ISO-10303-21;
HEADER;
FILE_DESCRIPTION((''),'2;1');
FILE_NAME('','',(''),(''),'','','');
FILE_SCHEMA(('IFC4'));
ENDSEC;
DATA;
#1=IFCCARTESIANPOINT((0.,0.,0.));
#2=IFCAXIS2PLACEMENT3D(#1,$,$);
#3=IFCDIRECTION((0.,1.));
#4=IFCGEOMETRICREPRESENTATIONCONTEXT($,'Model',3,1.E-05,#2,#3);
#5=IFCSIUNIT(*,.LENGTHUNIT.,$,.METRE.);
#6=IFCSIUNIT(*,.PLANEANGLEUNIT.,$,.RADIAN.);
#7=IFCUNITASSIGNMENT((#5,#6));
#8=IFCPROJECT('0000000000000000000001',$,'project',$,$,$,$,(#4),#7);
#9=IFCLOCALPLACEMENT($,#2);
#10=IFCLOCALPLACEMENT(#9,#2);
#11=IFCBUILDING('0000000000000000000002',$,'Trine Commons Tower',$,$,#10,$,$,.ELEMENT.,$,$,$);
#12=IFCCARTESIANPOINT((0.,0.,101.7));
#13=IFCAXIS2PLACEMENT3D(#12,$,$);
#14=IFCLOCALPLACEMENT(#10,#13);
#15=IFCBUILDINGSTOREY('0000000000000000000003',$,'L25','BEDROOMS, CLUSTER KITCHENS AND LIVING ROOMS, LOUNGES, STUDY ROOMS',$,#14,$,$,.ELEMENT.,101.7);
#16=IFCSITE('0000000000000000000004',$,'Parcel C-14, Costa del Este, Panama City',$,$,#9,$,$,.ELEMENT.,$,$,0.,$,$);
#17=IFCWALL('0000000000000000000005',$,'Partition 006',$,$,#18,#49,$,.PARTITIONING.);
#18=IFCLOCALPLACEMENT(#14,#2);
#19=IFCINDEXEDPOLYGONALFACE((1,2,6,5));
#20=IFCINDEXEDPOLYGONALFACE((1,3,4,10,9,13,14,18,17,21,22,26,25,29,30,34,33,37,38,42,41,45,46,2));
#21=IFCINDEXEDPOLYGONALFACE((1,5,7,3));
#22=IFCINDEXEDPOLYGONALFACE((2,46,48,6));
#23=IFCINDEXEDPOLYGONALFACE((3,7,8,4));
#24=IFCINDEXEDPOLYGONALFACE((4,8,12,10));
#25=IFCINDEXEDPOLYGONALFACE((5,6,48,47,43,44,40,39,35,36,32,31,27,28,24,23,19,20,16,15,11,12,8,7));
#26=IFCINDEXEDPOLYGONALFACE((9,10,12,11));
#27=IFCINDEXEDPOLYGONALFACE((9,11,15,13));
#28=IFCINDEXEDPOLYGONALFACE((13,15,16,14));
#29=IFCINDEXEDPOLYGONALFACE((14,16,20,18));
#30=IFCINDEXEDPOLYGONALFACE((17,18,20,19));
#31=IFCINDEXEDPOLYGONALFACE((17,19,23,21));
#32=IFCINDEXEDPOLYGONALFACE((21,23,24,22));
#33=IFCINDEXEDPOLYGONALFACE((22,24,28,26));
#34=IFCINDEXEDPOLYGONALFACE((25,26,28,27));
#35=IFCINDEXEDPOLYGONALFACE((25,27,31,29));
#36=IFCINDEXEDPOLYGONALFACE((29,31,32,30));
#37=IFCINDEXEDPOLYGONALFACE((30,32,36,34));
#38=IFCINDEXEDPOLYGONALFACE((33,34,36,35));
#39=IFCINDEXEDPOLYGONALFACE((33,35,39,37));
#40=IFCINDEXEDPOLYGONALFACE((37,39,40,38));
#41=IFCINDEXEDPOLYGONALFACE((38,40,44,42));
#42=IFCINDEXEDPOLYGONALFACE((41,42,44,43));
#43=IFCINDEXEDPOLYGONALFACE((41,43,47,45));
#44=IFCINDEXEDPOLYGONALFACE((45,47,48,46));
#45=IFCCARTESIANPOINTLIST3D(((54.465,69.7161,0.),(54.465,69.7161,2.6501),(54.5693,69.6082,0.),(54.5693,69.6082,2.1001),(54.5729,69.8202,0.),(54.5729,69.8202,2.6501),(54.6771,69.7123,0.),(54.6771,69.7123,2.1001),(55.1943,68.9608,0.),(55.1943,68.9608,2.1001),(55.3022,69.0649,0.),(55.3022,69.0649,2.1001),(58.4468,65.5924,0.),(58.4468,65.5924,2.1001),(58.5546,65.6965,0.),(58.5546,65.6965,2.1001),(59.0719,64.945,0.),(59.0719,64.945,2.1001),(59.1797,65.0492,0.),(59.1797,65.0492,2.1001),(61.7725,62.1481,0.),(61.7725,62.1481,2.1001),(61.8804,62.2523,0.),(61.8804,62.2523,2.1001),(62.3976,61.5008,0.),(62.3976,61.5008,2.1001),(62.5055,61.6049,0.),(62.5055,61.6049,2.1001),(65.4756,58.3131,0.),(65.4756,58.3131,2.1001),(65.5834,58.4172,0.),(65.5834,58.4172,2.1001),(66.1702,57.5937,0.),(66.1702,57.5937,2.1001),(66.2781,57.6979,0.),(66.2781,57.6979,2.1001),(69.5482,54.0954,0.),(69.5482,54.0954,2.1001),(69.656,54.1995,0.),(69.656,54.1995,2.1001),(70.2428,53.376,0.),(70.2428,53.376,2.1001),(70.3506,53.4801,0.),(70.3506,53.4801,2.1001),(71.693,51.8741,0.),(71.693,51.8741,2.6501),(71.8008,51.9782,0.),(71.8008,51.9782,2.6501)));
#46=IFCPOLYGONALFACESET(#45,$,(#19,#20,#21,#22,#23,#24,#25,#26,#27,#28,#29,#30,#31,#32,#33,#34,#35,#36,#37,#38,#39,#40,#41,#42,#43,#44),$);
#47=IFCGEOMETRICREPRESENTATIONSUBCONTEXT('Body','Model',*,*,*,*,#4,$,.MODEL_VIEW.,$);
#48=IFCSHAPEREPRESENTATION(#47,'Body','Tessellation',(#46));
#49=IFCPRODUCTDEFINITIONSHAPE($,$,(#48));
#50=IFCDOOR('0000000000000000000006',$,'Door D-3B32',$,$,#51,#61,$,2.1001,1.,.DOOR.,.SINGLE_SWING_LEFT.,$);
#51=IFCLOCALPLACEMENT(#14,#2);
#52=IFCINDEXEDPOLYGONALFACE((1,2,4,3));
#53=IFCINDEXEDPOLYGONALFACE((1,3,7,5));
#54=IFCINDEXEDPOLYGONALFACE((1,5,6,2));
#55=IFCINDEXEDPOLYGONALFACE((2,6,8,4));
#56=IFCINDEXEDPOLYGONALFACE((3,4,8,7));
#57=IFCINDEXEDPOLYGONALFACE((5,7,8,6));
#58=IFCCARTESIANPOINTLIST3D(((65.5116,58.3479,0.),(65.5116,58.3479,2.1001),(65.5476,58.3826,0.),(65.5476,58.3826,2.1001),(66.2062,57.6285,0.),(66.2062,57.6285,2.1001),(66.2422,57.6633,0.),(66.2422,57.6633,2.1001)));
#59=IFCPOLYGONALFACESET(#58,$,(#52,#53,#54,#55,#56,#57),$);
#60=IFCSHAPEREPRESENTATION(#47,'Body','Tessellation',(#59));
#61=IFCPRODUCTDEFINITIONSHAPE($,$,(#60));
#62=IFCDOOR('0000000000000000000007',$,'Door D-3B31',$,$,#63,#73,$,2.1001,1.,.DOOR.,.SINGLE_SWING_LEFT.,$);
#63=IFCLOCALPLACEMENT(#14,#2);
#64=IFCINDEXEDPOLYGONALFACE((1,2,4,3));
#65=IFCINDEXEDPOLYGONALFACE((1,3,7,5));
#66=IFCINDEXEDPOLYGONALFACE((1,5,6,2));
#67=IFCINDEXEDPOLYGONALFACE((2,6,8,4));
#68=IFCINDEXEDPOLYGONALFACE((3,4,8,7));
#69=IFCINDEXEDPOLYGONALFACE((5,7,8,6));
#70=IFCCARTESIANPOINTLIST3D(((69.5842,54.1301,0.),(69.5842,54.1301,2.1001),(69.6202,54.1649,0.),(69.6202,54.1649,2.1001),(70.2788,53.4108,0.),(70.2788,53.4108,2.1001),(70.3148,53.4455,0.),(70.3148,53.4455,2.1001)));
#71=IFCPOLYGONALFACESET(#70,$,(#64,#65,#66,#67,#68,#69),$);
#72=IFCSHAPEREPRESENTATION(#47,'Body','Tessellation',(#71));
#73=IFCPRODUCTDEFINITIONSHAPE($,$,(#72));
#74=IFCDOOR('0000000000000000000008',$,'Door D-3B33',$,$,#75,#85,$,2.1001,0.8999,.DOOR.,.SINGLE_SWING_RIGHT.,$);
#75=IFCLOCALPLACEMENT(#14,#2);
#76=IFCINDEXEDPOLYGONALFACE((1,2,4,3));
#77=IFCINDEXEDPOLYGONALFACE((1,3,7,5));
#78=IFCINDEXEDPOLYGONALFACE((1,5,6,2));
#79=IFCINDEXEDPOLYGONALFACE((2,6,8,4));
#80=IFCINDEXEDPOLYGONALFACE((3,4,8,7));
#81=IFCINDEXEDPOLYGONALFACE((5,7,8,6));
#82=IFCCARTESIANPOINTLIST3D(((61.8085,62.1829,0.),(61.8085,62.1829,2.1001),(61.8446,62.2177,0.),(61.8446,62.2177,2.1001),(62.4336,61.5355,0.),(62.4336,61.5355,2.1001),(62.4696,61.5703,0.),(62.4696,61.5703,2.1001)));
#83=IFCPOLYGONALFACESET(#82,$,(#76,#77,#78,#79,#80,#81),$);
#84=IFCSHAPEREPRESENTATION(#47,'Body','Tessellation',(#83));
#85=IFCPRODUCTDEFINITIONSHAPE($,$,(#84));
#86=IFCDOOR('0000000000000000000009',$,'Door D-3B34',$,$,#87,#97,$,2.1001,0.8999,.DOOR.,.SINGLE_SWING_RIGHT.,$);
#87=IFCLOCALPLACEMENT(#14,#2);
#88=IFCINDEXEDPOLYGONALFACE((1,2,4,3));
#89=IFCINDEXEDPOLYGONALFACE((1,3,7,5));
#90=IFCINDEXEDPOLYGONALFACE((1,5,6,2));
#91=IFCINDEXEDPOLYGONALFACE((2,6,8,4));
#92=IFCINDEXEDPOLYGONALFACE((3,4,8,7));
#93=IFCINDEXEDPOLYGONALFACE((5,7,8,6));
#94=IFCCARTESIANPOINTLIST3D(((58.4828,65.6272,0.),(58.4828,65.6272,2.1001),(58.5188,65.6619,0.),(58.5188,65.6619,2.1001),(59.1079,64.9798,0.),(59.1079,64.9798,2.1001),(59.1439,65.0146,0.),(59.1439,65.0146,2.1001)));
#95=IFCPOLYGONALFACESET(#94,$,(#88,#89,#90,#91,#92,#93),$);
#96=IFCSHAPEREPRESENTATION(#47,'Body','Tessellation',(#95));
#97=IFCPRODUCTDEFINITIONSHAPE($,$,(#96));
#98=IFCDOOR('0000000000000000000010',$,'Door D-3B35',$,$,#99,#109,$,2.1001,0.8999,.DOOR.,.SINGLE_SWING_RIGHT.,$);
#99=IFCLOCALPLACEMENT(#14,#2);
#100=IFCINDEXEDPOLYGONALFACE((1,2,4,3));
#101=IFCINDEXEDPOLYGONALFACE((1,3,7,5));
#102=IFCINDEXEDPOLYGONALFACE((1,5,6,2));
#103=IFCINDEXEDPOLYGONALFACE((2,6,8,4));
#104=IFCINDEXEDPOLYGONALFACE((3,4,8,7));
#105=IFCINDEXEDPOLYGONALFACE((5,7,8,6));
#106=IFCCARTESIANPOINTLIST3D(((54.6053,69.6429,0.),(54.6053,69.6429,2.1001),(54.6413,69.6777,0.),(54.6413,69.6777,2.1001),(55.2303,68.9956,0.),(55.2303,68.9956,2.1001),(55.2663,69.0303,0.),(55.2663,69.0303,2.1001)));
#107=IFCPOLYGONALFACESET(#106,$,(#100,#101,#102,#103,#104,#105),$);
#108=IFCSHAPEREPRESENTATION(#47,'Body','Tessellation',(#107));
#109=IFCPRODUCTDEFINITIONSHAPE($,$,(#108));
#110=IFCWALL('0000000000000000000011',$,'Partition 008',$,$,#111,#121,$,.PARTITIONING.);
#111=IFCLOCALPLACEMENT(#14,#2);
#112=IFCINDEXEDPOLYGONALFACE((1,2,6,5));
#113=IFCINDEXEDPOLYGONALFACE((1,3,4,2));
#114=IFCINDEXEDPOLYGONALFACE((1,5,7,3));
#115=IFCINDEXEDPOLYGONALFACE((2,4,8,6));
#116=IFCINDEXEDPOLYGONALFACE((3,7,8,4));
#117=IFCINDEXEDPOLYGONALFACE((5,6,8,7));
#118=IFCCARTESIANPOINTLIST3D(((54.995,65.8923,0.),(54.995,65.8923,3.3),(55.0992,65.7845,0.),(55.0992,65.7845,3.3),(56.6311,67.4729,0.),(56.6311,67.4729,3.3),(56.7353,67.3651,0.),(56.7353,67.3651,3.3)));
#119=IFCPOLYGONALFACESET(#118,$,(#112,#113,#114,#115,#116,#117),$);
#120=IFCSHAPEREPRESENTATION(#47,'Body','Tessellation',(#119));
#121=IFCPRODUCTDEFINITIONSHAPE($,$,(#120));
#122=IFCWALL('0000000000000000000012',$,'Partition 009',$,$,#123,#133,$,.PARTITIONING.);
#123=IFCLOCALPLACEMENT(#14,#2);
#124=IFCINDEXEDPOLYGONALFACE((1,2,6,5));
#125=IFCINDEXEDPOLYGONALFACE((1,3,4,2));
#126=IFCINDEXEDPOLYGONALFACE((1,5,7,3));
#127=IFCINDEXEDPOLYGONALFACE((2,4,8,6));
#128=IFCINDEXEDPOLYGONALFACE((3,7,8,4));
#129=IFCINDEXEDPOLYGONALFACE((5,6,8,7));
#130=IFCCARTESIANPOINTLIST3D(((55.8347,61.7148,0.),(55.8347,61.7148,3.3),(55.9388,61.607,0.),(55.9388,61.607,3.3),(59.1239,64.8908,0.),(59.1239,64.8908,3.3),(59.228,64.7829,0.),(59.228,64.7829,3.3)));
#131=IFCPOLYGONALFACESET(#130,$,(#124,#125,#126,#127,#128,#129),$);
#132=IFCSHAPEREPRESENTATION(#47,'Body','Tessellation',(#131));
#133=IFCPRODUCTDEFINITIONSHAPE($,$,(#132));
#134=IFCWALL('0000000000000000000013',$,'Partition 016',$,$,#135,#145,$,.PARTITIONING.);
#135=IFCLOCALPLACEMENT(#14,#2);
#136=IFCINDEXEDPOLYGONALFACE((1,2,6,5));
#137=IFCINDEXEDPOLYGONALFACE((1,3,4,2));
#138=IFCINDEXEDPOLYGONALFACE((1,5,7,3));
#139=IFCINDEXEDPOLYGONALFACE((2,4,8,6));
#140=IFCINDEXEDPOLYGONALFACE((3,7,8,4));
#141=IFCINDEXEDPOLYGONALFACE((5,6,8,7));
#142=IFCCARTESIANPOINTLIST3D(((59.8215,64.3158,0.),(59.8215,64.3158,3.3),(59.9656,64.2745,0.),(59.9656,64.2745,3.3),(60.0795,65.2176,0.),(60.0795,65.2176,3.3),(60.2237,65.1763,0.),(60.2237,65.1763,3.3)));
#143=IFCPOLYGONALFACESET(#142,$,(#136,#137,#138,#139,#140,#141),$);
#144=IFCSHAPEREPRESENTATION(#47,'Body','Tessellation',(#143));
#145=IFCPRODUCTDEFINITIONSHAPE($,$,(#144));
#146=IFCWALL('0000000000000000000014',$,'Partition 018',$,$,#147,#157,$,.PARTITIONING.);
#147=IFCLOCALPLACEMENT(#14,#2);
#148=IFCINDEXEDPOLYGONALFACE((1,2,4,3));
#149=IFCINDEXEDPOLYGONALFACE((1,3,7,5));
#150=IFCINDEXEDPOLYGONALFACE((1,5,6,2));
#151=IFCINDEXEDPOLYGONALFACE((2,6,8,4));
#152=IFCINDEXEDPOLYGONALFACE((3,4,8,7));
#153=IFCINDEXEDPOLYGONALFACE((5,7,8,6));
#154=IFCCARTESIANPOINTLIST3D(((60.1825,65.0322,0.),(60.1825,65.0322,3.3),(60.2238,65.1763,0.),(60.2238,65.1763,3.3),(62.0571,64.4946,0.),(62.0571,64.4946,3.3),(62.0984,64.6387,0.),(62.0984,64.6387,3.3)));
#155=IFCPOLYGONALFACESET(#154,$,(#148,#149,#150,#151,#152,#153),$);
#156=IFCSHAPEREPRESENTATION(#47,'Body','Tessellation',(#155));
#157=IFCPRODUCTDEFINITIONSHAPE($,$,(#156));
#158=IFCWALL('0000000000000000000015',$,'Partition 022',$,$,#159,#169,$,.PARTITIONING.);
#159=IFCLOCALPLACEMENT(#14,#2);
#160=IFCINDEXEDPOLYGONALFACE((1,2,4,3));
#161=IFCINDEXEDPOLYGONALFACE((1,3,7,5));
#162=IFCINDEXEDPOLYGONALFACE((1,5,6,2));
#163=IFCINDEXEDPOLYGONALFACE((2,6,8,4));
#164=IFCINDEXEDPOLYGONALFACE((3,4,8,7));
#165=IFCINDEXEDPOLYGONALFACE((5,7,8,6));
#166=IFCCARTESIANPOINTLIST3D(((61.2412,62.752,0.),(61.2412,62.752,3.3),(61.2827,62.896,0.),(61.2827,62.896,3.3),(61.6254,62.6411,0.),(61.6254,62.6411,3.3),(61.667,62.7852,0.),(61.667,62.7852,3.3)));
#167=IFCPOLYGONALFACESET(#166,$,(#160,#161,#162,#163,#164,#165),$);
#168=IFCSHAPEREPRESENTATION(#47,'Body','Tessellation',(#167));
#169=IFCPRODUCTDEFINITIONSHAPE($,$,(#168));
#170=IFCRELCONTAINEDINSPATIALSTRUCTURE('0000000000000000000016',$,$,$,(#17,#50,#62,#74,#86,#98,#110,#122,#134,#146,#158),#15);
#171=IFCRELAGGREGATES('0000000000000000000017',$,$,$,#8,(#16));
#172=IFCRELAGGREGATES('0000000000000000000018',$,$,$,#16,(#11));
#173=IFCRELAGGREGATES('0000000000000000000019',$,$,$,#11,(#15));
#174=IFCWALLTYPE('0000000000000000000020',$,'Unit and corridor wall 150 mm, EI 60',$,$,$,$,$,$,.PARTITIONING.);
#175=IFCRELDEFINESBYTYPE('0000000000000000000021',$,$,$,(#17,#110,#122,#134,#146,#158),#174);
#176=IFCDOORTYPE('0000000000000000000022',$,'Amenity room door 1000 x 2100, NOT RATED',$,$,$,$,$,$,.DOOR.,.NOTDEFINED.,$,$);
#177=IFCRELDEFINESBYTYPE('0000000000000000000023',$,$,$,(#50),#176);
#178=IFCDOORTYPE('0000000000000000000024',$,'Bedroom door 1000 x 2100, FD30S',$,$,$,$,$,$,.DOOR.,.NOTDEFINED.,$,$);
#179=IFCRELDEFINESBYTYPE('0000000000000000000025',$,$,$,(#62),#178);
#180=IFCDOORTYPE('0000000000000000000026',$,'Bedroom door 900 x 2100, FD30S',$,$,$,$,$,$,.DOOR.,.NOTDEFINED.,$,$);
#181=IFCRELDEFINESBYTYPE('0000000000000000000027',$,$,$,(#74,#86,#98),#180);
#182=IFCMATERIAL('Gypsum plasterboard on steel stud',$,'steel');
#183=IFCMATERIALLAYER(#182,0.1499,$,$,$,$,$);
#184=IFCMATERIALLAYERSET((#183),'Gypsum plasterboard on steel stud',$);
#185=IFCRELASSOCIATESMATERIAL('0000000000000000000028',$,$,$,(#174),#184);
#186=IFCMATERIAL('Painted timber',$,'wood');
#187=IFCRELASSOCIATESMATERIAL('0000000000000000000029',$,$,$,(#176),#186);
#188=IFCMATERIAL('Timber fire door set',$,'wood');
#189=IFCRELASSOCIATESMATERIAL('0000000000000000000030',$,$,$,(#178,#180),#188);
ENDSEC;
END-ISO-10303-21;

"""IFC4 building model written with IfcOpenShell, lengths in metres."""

from ifc_helpers import new_model, si_unit, direction, frame, frame_2d, origin, place, context, subcontext, project, spatial, rectangle, extrude, material, layer, layer_set, type_object, element, fill, save


model = new_model("IFC4")

# Units and contexts
model_context = context("Model", 3, precision=1e-05, world=origin(), true_north=direction((0.0, 1.0)))
body_context = subcontext(model_context, "Body", "Model", "MODEL_VIEW")
ifc_project = project(units=[si_unit("LENGTHUNIT", "METRE"), si_unit("PLANEANGLEUNIT", "RADIAN")], contexts=[model_context])

# Site, building, storey
site_placement = place(None, origin())
site = spatial("IfcSite", under=ifc_project, at=site_placement, Name="Parcel C-14, Costa del Este, Panama City", CompositionType="ELEMENT", RefElevation=0.0)
building_placement = place(site_placement, origin())
building = spatial("IfcBuilding", under=site, at=building_placement, Name="Trine Commons Tower", CompositionType="ELEMENT")
storey_placement = place(building_placement, frame((0.0, 0.0, 101.7)))
storey = spatial("IfcBuildingStorey", under=building, at=storey_placement, Name="L25", Description="BEDROOMS, CLUSTER KITCHENS AND LIVING ROOMS, LOUNGES, STUDY ROOMS", CompositionType="ELEMENT", Elevation=101.7)

# Wall, openings, doors
ifc_material_1 = material(Name="Gypsum plasterboard on steel stud", Category="steel")
ifc_layer_1 = layer(ifc_material_1, 0.1499)
ifc_layer_set_1 = layer_set([ifc_layer_1], Name="Gypsum plasterboard on steel stud")
wall_type_1 = type_object("IfcWallType", Name="Unit and corridor wall 150 mm, EI 60", PredefinedType="PARTITIONING", material=ifc_layer_set_1)
wall_1_placement = place(storey_placement, frame((54.519, 69.7681, 0.0), z_axis=(0.0, 0.0, 1.0), x_axis=(0.69462, -0.719377, 0.0)))
wall_1 = element("IfcWall", 1, at=wall_1_placement, inside=storey, type_object=wall_type_1, Name="Partition 006", PredefinedType="PARTITIONING", context=body_context, shape_type="SweptSolid", body=[
    extrude(rectangle(XDim=24.802, YDim=0.1499, at=frame_2d((12.4009, 0.0))), origin(), (0.0, 0.0, 1.0), 2.6501),
])
opening_1_placement = place(wall_1_placement, frame((21.7141, 0.0, 0.0)))
opening_1 = element("IfcOpeningElement", 2, at=opening_1_placement, cuts=wall_1, PredefinedType="OPENING", context=body_context, shape_type="SweptSolid", body=[
    extrude(rectangle(XDim=1.0, YDim=2.1001, at=frame_2d((0.5, 1.05))), frame((0.0, 0.085, 0.0), z_axis=(0.0, -1.0, 0.0), x_axis=(1.0, 0.0, 0.0)), (0.0, 0.0, 1.0), 0.1699),
])
opening_2_placement = place(wall_1_placement, frame((15.8511, 0.0, 0.0)))
opening_2 = element("IfcOpeningElement", 3, at=opening_2_placement, cuts=wall_1, PredefinedType="OPENING", context=body_context, shape_type="SweptSolid", body=[
    extrude(rectangle(XDim=1.0, YDim=2.1001, at=frame_2d((0.5, 1.05))), frame((0.0, 0.085, 0.0), z_axis=(0.0, -1.0, 0.0), x_axis=(1.0, 0.0, 0.0)), (0.0, 0.0, 1.0), 0.1699),
])
opening_3_placement = place(wall_1_placement, frame((10.52, 0.0, 0.0)))
opening_3 = element("IfcOpeningElement", 4, at=opening_3_placement, cuts=wall_1, PredefinedType="OPENING", context=body_context, shape_type="SweptSolid", body=[
    extrude(rectangle(XDim=0.8999, YDim=2.1001, at=frame_2d((0.45, 1.05))), frame((0.0, 0.085, 0.0), z_axis=(0.0, -1.0, 0.0), x_axis=(1.0, 0.0, 0.0)), (0.0, 0.0, 1.0), 0.1699),
])
opening_4_placement = place(wall_1_placement, frame((5.7322, 0.0, 0.0)))
opening_4 = element("IfcOpeningElement", 5, at=opening_4_placement, cuts=wall_1, PredefinedType="OPENING", context=body_context, shape_type="SweptSolid", body=[
    extrude(rectangle(XDim=0.8999, YDim=2.1001, at=frame_2d((0.45, 1.05))), frame((0.0, 0.085, 0.0), z_axis=(0.0, -1.0, 0.0), x_axis=(1.0, 0.0, 0.0)), (0.0, 0.0, 1.0), 0.1699),
])
opening_5_placement = place(wall_1_placement, frame((0.1499, 0.0, 0.0)))
opening_5 = element("IfcOpeningElement", 6, at=opening_5_placement, cuts=wall_1, PredefinedType="OPENING", context=body_context, shape_type="SweptSolid", body=[
    extrude(rectangle(XDim=0.8999, YDim=2.1001, at=frame_2d((0.45, 1.05))), frame((0.0, 0.085, 0.0), z_axis=(0.0, -1.0, 0.0), x_axis=(1.0, 0.0, 0.0)), (0.0, 0.0, 1.0), 0.1699),
])
ifc_material_2 = material(Name="Painted timber", Category="wood")
door_type_1 = type_object("IfcDoorType", Name="Amenity room door 1000 x 2100, NOT RATED", OperationType="NOTDEFINED", PredefinedType="DOOR", material=ifc_material_2)
door_1_placement = place(opening_2_placement, frame((1.0, 0.0, 0.0), z_axis=(0.0, 0.0, 1.0), x_axis=(-1.0, 0.0, 0.0)))
door_1 = element("IfcDoor", 7, at=door_1_placement, inside=storey, type_object=door_type_1, Name="Door D-3B32", OperationType="SINGLE_SWING_LEFT", OverallHeight=2.1001, OverallWidth=1.0, PredefinedType="DOOR", context=body_context, shape_type="SweptSolid", body=[
    extrude(rectangle(XDim=1.0, YDim=2.1001, at=frame_2d((0.5, 1.05))), frame((0.0, 0.0249, 0.0), z_axis=(0.0, -1.0, 0.0), x_axis=(1.0, 0.0, 0.0)), (0.0, 0.0, 1.0), 0.05),
])
fill(opening_2, door_1)
ifc_material_3 = material(Name="Timber fire door set", Category="wood")
door_type_2 = type_object("IfcDoorType", Name="Bedroom door 1000 x 2100, FD30S", OperationType="NOTDEFINED", PredefinedType="DOOR", material=ifc_material_3)
door_2_placement = place(opening_1_placement, frame((1.0, 0.0, 0.0), z_axis=(0.0, 0.0, 1.0), x_axis=(-1.0, 0.0, 0.0)))
door_2 = element("IfcDoor", 8, at=door_2_placement, inside=storey, type_object=door_type_2, Name="Door D-3B31", OperationType="SINGLE_SWING_LEFT", OverallHeight=2.1001, OverallWidth=1.0, PredefinedType="DOOR", context=body_context, shape_type="SweptSolid", body=[
    extrude(rectangle(XDim=1.0, YDim=2.1001, at=frame_2d((0.5, 1.05))), frame((0.0, 0.0249, 0.0), z_axis=(0.0, -1.0, 0.0), x_axis=(1.0, 0.0, 0.0)), (0.0, 0.0, 1.0), 0.05),
])
fill(opening_1, door_2)
door_type_3 = type_object("IfcDoorType", Name="Bedroom door 900 x 2100, FD30S", OperationType="NOTDEFINED", PredefinedType="DOOR", material=ifc_material_3)
door_3_placement = place(opening_3_placement, frame((0.8999, 0.0, 0.0), z_axis=(0.0, 0.0, 1.0), x_axis=(-1.0, 0.0, 0.0)))
door_3 = element("IfcDoor", 9, at=door_3_placement, inside=storey, type_object=door_type_3, Name="Door D-3B33", OperationType="SINGLE_SWING_RIGHT", OverallHeight=2.1001, OverallWidth=0.8999, PredefinedType="DOOR", context=body_context, shape_type="SweptSolid", body=[
    extrude(rectangle(XDim=0.8999, YDim=2.1001, at=frame_2d((0.45, 1.05))), frame((0.0, 0.0249, 0.0), z_axis=(0.0, -1.0, 0.0), x_axis=(1.0, 0.0, 0.0)), (0.0, 0.0, 1.0), 0.05),
])
fill(opening_3, door_3)
door_4_placement = place(opening_4_placement, frame((0.8999, 0.0, 0.0), z_axis=(0.0, 0.0, 1.0), x_axis=(-1.0, 0.0, 0.0)))
door_4 = element("IfcDoor", 10, at=door_4_placement, inside=storey, type_object=door_type_3, Name="Door D-3B34", OperationType="SINGLE_SWING_RIGHT", OverallHeight=2.1001, OverallWidth=0.8999, PredefinedType="DOOR", context=body_context, shape_type="SweptSolid", body=[
    extrude(rectangle(XDim=0.8999, YDim=2.1001, at=frame_2d((0.45, 1.05))), frame((0.0, 0.0249, 0.0), z_axis=(0.0, -1.0, 0.0), x_axis=(1.0, 0.0, 0.0)), (0.0, 0.0, 1.0), 0.05),
])
fill(opening_4, door_4)
door_5_placement = place(opening_5_placement, frame((0.8999, 0.0, 0.0), z_axis=(0.0, 0.0, 1.0), x_axis=(-1.0, 0.0, 0.0)))
door_5 = element("IfcDoor", 11, at=door_5_placement, inside=storey, type_object=door_type_3, Name="Door D-3B35", OperationType="SINGLE_SWING_RIGHT", OverallHeight=2.1001, OverallWidth=0.8999, PredefinedType="DOOR", context=body_context, shape_type="SweptSolid", body=[
    extrude(rectangle(XDim=0.8999, YDim=2.1001, at=frame_2d((0.45, 1.05))), frame((0.0, 0.0249, 0.0), z_axis=(0.0, -1.0, 0.0), x_axis=(1.0, 0.0, 0.0)), (0.0, 0.0, 1.0), 0.05),
])
fill(opening_5, door_5)

# Walls
wall_2_placement = place(storey_placement, frame((55.0471, 65.8384, 0.0), z_axis=(0.0, 0.0, 1.0), x_axis=(0.719183, 0.69482, 0.0)))
element("IfcWall", 12, at=wall_2_placement, inside=storey, type_object=wall_type_1, Name="Partition 008", PredefinedType="PARTITIONING", context=body_context, shape_type="SweptSolid", body=[
    extrude(rectangle(XDim=2.2749, YDim=0.1499, at=frame_2d((1.1375, 0.0))), origin(), (0.0, 0.0, 1.0), 3.3),
])
wall_3_placement = place(storey_placement, frame((55.8867, 61.6609, 0.0), z_axis=(0.0, 0.0, 1.0), x_axis=(0.719386, 0.694611, 0.0)))
element("IfcWall", 13, at=wall_3_placement, inside=storey, type_object=wall_type_1, Name="Partition 009", PredefinedType="PARTITIONING", context=body_context, shape_type="SweptSolid", body=[
    extrude(rectangle(XDim=4.5723, YDim=0.1499, at=frame_2d((2.2861, 0.0))), origin(), (0.0, 0.0, 1.0), 3.3),
])
wall_4_placement = place(storey_placement, frame((59.8936, 64.2952, 0.0), z_axis=(0.0, 0.0, 1.0), x_axis=(0.275099, 0.961416, 0.0)))
element("IfcWall", 14, at=wall_4_placement, inside=storey, type_object=wall_type_1, Name="Partition 016", PredefinedType="PARTITIONING", context=body_context, shape_type="SweptSolid", body=[
    extrude(rectangle(XDim=0.938, YDim=0.1499, at=frame_2d((0.469, 0.0))), origin(), (0.0, 0.0, 1.0), 3.3),
])
wall_5_placement = place(storey_placement, frame((60.2031, 65.1042, 0.0), z_axis=(0.0, 0.0, 1.0), x_axis=(0.961259, -0.275647, 0.0)))
element("IfcWall", 15, at=wall_5_placement, inside=storey, type_object=wall_type_1, Name="Partition 018", PredefinedType="PARTITIONING", context=body_context, shape_type="SweptSolid", body=[
    extrude(rectangle(XDim=1.9502, YDim=0.1499, at=frame_2d((0.9751, 0.0))), origin(), (0.0, 0.0, 1.0), 3.3),
])
wall_6_placement = place(storey_placement, frame((61.262, 62.824, 0.0), z_axis=(0.0, 0.0, 1.0), x_axis=(0.96083, -0.277139, 0.0)))
element("IfcWall", 16, at=wall_6_placement, inside=storey, type_object=wall_type_1, Name="Partition 022", PredefinedType="PARTITIONING", context=body_context, shape_type="SweptSolid", body=[
    extrude(rectangle(XDim=0.3999, YDim=0.1499, at=frame_2d((0.2, 0.0))), origin(), (0.0, 0.0, 1.0), 3.3),
])

save(model, "model.ifc")
